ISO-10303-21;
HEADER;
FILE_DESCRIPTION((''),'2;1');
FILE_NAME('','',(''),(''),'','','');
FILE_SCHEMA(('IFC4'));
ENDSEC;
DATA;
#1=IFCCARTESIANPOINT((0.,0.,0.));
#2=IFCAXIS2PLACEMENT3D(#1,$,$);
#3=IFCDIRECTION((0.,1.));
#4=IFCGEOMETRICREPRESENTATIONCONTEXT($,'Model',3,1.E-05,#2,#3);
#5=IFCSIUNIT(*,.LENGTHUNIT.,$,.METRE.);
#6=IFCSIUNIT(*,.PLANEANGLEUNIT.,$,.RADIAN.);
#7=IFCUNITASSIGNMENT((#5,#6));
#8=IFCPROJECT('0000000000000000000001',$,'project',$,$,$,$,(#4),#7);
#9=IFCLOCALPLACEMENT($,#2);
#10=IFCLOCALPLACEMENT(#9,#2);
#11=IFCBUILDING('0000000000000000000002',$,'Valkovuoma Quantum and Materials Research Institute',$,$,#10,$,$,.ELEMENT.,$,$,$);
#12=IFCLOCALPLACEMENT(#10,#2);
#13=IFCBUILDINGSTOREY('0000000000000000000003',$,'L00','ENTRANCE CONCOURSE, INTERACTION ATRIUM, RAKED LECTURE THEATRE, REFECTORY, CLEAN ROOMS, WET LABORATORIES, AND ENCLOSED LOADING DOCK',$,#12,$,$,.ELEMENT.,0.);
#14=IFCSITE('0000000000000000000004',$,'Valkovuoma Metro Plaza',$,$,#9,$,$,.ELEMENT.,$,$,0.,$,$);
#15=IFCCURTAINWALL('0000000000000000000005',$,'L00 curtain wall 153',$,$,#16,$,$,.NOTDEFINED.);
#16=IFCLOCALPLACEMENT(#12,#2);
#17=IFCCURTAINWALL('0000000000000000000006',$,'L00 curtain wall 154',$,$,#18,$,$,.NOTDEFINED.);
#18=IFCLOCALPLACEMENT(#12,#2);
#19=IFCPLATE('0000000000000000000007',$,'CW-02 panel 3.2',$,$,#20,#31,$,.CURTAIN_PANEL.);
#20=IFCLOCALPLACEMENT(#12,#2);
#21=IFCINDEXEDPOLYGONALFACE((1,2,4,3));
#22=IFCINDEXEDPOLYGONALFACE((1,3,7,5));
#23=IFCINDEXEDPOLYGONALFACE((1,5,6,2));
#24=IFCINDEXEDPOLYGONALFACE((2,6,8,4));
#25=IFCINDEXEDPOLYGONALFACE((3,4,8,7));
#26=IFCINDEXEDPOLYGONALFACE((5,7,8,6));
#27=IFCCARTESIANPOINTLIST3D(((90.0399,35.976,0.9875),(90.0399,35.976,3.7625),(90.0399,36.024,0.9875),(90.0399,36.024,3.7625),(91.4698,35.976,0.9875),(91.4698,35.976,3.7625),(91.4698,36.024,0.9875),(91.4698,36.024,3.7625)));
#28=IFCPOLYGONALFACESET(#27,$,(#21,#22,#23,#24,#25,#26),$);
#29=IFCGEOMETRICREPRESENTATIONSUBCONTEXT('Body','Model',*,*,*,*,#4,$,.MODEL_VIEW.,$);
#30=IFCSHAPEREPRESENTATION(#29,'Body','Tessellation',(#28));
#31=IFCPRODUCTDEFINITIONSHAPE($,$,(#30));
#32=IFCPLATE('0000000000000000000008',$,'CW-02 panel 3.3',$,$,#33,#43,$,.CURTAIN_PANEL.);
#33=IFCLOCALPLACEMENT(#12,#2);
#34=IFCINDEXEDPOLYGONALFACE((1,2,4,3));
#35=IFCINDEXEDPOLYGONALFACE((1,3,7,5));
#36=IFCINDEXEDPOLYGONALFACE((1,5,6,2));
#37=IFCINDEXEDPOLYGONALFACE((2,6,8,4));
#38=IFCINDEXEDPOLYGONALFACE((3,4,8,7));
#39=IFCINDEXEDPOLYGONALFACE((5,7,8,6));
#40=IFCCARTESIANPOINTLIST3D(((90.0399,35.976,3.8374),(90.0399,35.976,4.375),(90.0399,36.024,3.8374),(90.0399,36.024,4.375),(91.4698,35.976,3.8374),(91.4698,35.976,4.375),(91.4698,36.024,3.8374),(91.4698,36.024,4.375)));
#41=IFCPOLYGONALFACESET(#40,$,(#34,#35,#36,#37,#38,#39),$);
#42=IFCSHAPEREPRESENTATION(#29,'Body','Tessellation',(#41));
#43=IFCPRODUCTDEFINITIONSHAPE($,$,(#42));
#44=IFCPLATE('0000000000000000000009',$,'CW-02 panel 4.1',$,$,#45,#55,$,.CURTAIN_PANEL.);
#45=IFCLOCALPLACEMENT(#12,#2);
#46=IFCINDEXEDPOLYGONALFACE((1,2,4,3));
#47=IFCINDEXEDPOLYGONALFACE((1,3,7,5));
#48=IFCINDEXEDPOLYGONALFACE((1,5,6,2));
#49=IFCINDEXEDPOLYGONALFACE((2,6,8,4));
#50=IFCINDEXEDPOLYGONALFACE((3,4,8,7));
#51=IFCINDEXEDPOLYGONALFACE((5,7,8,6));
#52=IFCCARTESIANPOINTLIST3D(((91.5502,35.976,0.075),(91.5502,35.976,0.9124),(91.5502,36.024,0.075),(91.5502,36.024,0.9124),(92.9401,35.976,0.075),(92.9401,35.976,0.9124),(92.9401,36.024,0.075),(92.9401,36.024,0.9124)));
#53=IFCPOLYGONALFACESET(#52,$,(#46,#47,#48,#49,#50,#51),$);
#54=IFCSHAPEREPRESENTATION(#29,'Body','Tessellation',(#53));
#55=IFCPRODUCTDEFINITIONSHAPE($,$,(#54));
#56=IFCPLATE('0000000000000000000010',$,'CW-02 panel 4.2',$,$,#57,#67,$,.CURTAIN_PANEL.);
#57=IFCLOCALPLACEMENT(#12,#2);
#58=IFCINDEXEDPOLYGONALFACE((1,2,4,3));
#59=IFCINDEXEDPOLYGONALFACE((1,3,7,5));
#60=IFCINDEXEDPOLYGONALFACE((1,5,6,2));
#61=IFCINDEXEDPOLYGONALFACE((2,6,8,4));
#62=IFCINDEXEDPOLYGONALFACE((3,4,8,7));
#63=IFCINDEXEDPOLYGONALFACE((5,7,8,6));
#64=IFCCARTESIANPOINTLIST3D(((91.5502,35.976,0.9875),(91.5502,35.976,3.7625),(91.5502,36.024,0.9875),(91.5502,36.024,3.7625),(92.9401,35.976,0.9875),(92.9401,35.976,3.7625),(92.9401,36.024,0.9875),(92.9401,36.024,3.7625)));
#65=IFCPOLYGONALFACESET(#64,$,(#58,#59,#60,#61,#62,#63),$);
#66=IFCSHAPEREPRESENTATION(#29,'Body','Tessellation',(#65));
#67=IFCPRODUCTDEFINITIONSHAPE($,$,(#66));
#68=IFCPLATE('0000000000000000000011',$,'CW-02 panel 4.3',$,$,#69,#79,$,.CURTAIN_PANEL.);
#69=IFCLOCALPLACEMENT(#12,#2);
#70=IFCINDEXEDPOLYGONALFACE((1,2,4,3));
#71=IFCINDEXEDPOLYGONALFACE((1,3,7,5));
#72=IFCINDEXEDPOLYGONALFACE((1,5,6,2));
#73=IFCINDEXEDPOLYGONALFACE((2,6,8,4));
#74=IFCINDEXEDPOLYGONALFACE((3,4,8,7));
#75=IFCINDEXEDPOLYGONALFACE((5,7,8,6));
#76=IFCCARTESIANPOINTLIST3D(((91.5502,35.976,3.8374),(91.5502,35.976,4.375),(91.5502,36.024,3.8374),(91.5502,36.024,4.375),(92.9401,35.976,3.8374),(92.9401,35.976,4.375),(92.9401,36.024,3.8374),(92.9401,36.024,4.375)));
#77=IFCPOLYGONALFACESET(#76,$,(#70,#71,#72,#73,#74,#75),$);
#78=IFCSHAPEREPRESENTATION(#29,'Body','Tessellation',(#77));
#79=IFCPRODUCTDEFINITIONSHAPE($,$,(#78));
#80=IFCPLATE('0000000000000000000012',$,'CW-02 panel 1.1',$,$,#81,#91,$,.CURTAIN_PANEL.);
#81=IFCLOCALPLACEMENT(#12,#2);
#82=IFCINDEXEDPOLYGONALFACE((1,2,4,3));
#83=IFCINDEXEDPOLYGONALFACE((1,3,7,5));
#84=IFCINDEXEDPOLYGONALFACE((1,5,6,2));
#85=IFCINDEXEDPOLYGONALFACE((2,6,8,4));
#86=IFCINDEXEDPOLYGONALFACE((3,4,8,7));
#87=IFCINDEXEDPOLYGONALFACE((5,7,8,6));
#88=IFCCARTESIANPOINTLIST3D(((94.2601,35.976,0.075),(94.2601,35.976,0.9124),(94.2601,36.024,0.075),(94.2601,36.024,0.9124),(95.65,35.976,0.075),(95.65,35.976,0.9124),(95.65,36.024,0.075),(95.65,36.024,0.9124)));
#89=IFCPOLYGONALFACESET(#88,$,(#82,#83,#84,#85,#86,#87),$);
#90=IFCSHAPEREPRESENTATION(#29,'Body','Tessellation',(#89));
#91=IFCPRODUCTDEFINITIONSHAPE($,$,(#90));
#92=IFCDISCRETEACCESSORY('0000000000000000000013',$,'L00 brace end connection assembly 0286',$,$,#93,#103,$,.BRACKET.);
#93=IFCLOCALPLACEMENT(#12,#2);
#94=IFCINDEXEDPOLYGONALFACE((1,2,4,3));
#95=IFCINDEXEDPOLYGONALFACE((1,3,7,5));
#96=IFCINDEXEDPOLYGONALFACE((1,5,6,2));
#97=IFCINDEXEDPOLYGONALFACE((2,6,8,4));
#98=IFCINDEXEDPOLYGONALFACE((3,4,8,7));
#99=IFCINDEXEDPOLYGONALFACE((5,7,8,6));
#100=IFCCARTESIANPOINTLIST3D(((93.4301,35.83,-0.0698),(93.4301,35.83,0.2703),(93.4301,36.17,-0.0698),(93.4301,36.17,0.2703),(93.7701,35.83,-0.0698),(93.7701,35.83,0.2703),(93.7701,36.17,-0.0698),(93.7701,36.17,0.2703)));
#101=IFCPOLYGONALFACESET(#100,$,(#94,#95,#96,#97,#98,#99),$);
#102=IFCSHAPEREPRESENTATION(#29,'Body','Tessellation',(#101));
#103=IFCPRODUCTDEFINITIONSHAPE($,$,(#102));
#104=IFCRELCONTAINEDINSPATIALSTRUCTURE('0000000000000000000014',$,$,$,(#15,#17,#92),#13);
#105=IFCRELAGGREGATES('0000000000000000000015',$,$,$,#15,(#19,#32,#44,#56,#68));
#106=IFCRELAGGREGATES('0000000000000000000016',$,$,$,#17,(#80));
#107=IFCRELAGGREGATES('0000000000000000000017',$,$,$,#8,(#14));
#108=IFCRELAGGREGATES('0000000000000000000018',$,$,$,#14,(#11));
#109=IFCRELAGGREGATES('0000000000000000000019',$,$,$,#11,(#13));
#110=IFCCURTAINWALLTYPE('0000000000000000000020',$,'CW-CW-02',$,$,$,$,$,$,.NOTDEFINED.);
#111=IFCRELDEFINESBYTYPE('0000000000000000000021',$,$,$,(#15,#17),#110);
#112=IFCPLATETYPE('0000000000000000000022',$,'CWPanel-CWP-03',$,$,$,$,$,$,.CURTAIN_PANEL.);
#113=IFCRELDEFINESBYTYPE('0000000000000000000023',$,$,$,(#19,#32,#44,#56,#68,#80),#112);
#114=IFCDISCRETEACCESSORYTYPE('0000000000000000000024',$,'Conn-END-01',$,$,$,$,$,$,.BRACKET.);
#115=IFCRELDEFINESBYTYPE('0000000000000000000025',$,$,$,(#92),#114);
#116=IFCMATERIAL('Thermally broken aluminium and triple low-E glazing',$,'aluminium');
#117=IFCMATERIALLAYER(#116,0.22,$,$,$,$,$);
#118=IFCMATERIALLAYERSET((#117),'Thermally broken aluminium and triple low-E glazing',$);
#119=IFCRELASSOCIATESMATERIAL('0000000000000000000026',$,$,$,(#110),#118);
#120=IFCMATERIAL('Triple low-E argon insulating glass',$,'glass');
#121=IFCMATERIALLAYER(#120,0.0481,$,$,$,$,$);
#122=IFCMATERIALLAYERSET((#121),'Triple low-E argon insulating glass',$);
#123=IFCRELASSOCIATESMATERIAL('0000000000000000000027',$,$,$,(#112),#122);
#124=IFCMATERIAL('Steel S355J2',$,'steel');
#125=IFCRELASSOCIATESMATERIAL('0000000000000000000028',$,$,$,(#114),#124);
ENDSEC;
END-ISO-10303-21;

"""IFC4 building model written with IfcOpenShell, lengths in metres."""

from ifc_helpers import new_model, si_unit, direction, frame, origin, origin_2d, place, context, subcontext, project, spatial, rectangle, extrude, material, layer, layer_set, type_object, element, aggregate, save


model = new_model("IFC4")

# Units and contexts
model_context = context("Model", 3, precision=1e-05, world=origin(), true_north=direction((0.0, 1.0)))
body_context = subcontext(model_context, "Body", "Model", "MODEL_VIEW")
ifc_project = project(units=[si_unit("LENGTHUNIT", "METRE"), si_unit("PLANEANGLEUNIT", "RADIAN")], contexts=[model_context])

# Site, building, storey
site_placement = place(None, origin())
site = spatial("IfcSite", under=ifc_project, at=site_placement, Name="Valkovuoma Metro Plaza", CompositionType="ELEMENT", RefElevation=0.0)
building_placement = place(site_placement, origin())
building = spatial("IfcBuilding", under=site, at=building_placement, Name="Valkovuoma Quantum and Materials Research Institute", CompositionType="ELEMENT")
storey_placement = place(building_placement, origin())
storey = spatial("IfcBuildingStorey", under=building, at=storey_placement, Name="L00", Description="ENTRANCE CONCOURSE, INTERACTION ATRIUM, RAKED LECTURE THEATRE, REFECTORY, CLEAN ROOMS, WET LABORATORIES, AND ENCLOSED LOADING DOCK", CompositionType="ELEMENT", Elevation=0.0)

# Curtain wall
ifc_material_1 = material(Name="Thermally broken aluminium and triple low-E glazing", Category="aluminium")
ifc_layer_1 = layer(ifc_material_1, 0.22)
ifc_layer_set_1 = layer_set([ifc_layer_1], Name="Thermally broken aluminium and triple low-E glazing")
curtain_wall_type = type_object("IfcCurtainWallType", Name="CW-CW-02", PredefinedType="NOTDEFINED", material=ifc_layer_set_1)
curtain_wall_1_placement = place(storey_placement, origin())
curtain_wall_1 = element("IfcCurtainWall", 1, at=curtain_wall_1_placement, inside=storey, type_object=curtain_wall_type, Name="L00 curtain wall 153", PredefinedType="NOTDEFINED")

# Curtain wall
curtain_wall_2_placement = place(storey_placement, origin())
curtain_wall_2 = element("IfcCurtainWall", 2, at=curtain_wall_2_placement, inside=storey, type_object=curtain_wall_type, Name="L00 curtain wall 154", PredefinedType="NOTDEFINED")

# Plates
ifc_material_2 = material(Name="Triple low-E argon insulating glass", Category="glass")
ifc_layer_2 = layer(ifc_material_2, 0.0481)
ifc_layer_set_2 = layer_set([ifc_layer_2], Name="Triple low-E argon insulating glass")
plate_type = type_object("IfcPlateType", Name="CWPanel-CWP-03", PredefinedType="CURTAIN_PANEL", material=ifc_layer_set_2)
plate_1_placement = place(storey_placement, frame((90.7549, 36.0, 0.9875), z_axis=(0.0, 0.0, 1.0), x_axis=(1.0, 0.0, 0.0)))
plate_1 = element("IfcPlate", 3, at=plate_1_placement, type_object=plate_type, Name="CW-02 panel 3.2", PredefinedType="CURTAIN_PANEL", context=body_context, shape_type="SweptSolid", body=[
    extrude(rectangle(XDim=1.4299, YDim=0.0481, at=origin_2d()), origin(), (0.0, 0.0, 1.0), 2.7749),
])
plate_2_placement = place(storey_placement, frame((90.7549, 36.0, 3.8374), z_axis=(0.0, 0.0, 1.0), x_axis=(1.0, 0.0, 0.0)))
plate_2 = element("IfcPlate", 4, at=plate_2_placement, type_object=plate_type, Name="CW-02 panel 3.3", PredefinedType="CURTAIN_PANEL", context=body_context, shape_type="SweptSolid", body=[
    extrude(rectangle(XDim=1.4299, YDim=0.0481, at=origin_2d()), origin(), (0.0, 0.0, 1.0), 0.5376),
])
plate_3_placement = place(storey_placement, frame((92.2451, 36.0, 0.075), z_axis=(0.0, 0.0, 1.0), x_axis=(1.0, 0.0, 0.0)))
plate_3 = element("IfcPlate", 5, at=plate_3_placement, type_object=plate_type, Name="CW-02 panel 4.1", PredefinedType="CURTAIN_PANEL", context=body_context, shape_type="SweptSolid", body=[
    extrude(rectangle(XDim=1.3899, YDim=0.0481, at=origin_2d()), origin(), (0.0, 0.0, 1.0), 0.8374),
])
plate_4_placement = place(storey_placement, frame((92.2451, 36.0, 0.9875), z_axis=(0.0, 0.0, 1.0), x_axis=(1.0, 0.0, 0.0)))
plate_4 = element("IfcPlate", 6, at=plate_4_placement, type_object=plate_type, Name="CW-02 panel 4.2", PredefinedType="CURTAIN_PANEL", context=body_context, shape_type="SweptSolid", body=[
    extrude(rectangle(XDim=1.3899, YDim=0.0481, at=origin_2d()), origin(), (0.0, 0.0, 1.0), 2.7749),
])
plate_5_placement = place(storey_placement, frame((92.2451, 36.0, 3.8374), z_axis=(0.0, 0.0, 1.0), x_axis=(1.0, 0.0, 0.0)))
plate_5 = element("IfcPlate", 7, at=plate_5_placement, type_object=plate_type, Name="CW-02 panel 4.3", PredefinedType="CURTAIN_PANEL", context=body_context, shape_type="SweptSolid", body=[
    extrude(rectangle(XDim=1.3899, YDim=0.0481, at=origin_2d()), origin(), (0.0, 0.0, 1.0), 0.5376),
])
aggregate(curtain_wall_1, [plate_1, plate_2, plate_3, plate_4, plate_5])
plate_6_placement = place(storey_placement, frame((94.9551, 36.0, 0.075), z_axis=(0.0, 0.0, 1.0), x_axis=(1.0, 0.0, 0.0)))
plate_6 = element("IfcPlate", 8, at=plate_6_placement, type_object=plate_type, Name="CW-02 panel 1.1", PredefinedType="CURTAIN_PANEL", context=body_context, shape_type="SweptSolid", body=[
    extrude(rectangle(XDim=1.3899, YDim=0.0481, at=origin_2d()), origin(), (0.0, 0.0, 1.0), 0.8374),
])
aggregate(curtain_wall_2, [plate_6])

# Discrete accessory
ifc_material_3 = material(Name="Steel S355J2", Category="steel")
discrete_accessory_type = type_object("IfcDiscreteAccessoryType", Name="Conn-END-01", PredefinedType="BRACKET", material=ifc_material_3)
discrete_accessory_placement = place(storey_placement, frame((93.6001, 36.0, -0.0698), z_axis=(0.0, 0.0, 1.0), x_axis=(1.0, 0.0, 0.0)))
element("IfcDiscreteAccessory", 9, at=discrete_accessory_placement, inside=storey, type_object=discrete_accessory_type, Name="L00 brace end connection assembly 0286", PredefinedType="BRACKET", context=body_context, shape_type="SweptSolid", body=[
    extrude(rectangle(XDim=0.3401, YDim=0.3401, at=origin_2d()), origin(), (0.0, 0.0, 1.0), 0.3401),
])

save(model, "model.ifc")
